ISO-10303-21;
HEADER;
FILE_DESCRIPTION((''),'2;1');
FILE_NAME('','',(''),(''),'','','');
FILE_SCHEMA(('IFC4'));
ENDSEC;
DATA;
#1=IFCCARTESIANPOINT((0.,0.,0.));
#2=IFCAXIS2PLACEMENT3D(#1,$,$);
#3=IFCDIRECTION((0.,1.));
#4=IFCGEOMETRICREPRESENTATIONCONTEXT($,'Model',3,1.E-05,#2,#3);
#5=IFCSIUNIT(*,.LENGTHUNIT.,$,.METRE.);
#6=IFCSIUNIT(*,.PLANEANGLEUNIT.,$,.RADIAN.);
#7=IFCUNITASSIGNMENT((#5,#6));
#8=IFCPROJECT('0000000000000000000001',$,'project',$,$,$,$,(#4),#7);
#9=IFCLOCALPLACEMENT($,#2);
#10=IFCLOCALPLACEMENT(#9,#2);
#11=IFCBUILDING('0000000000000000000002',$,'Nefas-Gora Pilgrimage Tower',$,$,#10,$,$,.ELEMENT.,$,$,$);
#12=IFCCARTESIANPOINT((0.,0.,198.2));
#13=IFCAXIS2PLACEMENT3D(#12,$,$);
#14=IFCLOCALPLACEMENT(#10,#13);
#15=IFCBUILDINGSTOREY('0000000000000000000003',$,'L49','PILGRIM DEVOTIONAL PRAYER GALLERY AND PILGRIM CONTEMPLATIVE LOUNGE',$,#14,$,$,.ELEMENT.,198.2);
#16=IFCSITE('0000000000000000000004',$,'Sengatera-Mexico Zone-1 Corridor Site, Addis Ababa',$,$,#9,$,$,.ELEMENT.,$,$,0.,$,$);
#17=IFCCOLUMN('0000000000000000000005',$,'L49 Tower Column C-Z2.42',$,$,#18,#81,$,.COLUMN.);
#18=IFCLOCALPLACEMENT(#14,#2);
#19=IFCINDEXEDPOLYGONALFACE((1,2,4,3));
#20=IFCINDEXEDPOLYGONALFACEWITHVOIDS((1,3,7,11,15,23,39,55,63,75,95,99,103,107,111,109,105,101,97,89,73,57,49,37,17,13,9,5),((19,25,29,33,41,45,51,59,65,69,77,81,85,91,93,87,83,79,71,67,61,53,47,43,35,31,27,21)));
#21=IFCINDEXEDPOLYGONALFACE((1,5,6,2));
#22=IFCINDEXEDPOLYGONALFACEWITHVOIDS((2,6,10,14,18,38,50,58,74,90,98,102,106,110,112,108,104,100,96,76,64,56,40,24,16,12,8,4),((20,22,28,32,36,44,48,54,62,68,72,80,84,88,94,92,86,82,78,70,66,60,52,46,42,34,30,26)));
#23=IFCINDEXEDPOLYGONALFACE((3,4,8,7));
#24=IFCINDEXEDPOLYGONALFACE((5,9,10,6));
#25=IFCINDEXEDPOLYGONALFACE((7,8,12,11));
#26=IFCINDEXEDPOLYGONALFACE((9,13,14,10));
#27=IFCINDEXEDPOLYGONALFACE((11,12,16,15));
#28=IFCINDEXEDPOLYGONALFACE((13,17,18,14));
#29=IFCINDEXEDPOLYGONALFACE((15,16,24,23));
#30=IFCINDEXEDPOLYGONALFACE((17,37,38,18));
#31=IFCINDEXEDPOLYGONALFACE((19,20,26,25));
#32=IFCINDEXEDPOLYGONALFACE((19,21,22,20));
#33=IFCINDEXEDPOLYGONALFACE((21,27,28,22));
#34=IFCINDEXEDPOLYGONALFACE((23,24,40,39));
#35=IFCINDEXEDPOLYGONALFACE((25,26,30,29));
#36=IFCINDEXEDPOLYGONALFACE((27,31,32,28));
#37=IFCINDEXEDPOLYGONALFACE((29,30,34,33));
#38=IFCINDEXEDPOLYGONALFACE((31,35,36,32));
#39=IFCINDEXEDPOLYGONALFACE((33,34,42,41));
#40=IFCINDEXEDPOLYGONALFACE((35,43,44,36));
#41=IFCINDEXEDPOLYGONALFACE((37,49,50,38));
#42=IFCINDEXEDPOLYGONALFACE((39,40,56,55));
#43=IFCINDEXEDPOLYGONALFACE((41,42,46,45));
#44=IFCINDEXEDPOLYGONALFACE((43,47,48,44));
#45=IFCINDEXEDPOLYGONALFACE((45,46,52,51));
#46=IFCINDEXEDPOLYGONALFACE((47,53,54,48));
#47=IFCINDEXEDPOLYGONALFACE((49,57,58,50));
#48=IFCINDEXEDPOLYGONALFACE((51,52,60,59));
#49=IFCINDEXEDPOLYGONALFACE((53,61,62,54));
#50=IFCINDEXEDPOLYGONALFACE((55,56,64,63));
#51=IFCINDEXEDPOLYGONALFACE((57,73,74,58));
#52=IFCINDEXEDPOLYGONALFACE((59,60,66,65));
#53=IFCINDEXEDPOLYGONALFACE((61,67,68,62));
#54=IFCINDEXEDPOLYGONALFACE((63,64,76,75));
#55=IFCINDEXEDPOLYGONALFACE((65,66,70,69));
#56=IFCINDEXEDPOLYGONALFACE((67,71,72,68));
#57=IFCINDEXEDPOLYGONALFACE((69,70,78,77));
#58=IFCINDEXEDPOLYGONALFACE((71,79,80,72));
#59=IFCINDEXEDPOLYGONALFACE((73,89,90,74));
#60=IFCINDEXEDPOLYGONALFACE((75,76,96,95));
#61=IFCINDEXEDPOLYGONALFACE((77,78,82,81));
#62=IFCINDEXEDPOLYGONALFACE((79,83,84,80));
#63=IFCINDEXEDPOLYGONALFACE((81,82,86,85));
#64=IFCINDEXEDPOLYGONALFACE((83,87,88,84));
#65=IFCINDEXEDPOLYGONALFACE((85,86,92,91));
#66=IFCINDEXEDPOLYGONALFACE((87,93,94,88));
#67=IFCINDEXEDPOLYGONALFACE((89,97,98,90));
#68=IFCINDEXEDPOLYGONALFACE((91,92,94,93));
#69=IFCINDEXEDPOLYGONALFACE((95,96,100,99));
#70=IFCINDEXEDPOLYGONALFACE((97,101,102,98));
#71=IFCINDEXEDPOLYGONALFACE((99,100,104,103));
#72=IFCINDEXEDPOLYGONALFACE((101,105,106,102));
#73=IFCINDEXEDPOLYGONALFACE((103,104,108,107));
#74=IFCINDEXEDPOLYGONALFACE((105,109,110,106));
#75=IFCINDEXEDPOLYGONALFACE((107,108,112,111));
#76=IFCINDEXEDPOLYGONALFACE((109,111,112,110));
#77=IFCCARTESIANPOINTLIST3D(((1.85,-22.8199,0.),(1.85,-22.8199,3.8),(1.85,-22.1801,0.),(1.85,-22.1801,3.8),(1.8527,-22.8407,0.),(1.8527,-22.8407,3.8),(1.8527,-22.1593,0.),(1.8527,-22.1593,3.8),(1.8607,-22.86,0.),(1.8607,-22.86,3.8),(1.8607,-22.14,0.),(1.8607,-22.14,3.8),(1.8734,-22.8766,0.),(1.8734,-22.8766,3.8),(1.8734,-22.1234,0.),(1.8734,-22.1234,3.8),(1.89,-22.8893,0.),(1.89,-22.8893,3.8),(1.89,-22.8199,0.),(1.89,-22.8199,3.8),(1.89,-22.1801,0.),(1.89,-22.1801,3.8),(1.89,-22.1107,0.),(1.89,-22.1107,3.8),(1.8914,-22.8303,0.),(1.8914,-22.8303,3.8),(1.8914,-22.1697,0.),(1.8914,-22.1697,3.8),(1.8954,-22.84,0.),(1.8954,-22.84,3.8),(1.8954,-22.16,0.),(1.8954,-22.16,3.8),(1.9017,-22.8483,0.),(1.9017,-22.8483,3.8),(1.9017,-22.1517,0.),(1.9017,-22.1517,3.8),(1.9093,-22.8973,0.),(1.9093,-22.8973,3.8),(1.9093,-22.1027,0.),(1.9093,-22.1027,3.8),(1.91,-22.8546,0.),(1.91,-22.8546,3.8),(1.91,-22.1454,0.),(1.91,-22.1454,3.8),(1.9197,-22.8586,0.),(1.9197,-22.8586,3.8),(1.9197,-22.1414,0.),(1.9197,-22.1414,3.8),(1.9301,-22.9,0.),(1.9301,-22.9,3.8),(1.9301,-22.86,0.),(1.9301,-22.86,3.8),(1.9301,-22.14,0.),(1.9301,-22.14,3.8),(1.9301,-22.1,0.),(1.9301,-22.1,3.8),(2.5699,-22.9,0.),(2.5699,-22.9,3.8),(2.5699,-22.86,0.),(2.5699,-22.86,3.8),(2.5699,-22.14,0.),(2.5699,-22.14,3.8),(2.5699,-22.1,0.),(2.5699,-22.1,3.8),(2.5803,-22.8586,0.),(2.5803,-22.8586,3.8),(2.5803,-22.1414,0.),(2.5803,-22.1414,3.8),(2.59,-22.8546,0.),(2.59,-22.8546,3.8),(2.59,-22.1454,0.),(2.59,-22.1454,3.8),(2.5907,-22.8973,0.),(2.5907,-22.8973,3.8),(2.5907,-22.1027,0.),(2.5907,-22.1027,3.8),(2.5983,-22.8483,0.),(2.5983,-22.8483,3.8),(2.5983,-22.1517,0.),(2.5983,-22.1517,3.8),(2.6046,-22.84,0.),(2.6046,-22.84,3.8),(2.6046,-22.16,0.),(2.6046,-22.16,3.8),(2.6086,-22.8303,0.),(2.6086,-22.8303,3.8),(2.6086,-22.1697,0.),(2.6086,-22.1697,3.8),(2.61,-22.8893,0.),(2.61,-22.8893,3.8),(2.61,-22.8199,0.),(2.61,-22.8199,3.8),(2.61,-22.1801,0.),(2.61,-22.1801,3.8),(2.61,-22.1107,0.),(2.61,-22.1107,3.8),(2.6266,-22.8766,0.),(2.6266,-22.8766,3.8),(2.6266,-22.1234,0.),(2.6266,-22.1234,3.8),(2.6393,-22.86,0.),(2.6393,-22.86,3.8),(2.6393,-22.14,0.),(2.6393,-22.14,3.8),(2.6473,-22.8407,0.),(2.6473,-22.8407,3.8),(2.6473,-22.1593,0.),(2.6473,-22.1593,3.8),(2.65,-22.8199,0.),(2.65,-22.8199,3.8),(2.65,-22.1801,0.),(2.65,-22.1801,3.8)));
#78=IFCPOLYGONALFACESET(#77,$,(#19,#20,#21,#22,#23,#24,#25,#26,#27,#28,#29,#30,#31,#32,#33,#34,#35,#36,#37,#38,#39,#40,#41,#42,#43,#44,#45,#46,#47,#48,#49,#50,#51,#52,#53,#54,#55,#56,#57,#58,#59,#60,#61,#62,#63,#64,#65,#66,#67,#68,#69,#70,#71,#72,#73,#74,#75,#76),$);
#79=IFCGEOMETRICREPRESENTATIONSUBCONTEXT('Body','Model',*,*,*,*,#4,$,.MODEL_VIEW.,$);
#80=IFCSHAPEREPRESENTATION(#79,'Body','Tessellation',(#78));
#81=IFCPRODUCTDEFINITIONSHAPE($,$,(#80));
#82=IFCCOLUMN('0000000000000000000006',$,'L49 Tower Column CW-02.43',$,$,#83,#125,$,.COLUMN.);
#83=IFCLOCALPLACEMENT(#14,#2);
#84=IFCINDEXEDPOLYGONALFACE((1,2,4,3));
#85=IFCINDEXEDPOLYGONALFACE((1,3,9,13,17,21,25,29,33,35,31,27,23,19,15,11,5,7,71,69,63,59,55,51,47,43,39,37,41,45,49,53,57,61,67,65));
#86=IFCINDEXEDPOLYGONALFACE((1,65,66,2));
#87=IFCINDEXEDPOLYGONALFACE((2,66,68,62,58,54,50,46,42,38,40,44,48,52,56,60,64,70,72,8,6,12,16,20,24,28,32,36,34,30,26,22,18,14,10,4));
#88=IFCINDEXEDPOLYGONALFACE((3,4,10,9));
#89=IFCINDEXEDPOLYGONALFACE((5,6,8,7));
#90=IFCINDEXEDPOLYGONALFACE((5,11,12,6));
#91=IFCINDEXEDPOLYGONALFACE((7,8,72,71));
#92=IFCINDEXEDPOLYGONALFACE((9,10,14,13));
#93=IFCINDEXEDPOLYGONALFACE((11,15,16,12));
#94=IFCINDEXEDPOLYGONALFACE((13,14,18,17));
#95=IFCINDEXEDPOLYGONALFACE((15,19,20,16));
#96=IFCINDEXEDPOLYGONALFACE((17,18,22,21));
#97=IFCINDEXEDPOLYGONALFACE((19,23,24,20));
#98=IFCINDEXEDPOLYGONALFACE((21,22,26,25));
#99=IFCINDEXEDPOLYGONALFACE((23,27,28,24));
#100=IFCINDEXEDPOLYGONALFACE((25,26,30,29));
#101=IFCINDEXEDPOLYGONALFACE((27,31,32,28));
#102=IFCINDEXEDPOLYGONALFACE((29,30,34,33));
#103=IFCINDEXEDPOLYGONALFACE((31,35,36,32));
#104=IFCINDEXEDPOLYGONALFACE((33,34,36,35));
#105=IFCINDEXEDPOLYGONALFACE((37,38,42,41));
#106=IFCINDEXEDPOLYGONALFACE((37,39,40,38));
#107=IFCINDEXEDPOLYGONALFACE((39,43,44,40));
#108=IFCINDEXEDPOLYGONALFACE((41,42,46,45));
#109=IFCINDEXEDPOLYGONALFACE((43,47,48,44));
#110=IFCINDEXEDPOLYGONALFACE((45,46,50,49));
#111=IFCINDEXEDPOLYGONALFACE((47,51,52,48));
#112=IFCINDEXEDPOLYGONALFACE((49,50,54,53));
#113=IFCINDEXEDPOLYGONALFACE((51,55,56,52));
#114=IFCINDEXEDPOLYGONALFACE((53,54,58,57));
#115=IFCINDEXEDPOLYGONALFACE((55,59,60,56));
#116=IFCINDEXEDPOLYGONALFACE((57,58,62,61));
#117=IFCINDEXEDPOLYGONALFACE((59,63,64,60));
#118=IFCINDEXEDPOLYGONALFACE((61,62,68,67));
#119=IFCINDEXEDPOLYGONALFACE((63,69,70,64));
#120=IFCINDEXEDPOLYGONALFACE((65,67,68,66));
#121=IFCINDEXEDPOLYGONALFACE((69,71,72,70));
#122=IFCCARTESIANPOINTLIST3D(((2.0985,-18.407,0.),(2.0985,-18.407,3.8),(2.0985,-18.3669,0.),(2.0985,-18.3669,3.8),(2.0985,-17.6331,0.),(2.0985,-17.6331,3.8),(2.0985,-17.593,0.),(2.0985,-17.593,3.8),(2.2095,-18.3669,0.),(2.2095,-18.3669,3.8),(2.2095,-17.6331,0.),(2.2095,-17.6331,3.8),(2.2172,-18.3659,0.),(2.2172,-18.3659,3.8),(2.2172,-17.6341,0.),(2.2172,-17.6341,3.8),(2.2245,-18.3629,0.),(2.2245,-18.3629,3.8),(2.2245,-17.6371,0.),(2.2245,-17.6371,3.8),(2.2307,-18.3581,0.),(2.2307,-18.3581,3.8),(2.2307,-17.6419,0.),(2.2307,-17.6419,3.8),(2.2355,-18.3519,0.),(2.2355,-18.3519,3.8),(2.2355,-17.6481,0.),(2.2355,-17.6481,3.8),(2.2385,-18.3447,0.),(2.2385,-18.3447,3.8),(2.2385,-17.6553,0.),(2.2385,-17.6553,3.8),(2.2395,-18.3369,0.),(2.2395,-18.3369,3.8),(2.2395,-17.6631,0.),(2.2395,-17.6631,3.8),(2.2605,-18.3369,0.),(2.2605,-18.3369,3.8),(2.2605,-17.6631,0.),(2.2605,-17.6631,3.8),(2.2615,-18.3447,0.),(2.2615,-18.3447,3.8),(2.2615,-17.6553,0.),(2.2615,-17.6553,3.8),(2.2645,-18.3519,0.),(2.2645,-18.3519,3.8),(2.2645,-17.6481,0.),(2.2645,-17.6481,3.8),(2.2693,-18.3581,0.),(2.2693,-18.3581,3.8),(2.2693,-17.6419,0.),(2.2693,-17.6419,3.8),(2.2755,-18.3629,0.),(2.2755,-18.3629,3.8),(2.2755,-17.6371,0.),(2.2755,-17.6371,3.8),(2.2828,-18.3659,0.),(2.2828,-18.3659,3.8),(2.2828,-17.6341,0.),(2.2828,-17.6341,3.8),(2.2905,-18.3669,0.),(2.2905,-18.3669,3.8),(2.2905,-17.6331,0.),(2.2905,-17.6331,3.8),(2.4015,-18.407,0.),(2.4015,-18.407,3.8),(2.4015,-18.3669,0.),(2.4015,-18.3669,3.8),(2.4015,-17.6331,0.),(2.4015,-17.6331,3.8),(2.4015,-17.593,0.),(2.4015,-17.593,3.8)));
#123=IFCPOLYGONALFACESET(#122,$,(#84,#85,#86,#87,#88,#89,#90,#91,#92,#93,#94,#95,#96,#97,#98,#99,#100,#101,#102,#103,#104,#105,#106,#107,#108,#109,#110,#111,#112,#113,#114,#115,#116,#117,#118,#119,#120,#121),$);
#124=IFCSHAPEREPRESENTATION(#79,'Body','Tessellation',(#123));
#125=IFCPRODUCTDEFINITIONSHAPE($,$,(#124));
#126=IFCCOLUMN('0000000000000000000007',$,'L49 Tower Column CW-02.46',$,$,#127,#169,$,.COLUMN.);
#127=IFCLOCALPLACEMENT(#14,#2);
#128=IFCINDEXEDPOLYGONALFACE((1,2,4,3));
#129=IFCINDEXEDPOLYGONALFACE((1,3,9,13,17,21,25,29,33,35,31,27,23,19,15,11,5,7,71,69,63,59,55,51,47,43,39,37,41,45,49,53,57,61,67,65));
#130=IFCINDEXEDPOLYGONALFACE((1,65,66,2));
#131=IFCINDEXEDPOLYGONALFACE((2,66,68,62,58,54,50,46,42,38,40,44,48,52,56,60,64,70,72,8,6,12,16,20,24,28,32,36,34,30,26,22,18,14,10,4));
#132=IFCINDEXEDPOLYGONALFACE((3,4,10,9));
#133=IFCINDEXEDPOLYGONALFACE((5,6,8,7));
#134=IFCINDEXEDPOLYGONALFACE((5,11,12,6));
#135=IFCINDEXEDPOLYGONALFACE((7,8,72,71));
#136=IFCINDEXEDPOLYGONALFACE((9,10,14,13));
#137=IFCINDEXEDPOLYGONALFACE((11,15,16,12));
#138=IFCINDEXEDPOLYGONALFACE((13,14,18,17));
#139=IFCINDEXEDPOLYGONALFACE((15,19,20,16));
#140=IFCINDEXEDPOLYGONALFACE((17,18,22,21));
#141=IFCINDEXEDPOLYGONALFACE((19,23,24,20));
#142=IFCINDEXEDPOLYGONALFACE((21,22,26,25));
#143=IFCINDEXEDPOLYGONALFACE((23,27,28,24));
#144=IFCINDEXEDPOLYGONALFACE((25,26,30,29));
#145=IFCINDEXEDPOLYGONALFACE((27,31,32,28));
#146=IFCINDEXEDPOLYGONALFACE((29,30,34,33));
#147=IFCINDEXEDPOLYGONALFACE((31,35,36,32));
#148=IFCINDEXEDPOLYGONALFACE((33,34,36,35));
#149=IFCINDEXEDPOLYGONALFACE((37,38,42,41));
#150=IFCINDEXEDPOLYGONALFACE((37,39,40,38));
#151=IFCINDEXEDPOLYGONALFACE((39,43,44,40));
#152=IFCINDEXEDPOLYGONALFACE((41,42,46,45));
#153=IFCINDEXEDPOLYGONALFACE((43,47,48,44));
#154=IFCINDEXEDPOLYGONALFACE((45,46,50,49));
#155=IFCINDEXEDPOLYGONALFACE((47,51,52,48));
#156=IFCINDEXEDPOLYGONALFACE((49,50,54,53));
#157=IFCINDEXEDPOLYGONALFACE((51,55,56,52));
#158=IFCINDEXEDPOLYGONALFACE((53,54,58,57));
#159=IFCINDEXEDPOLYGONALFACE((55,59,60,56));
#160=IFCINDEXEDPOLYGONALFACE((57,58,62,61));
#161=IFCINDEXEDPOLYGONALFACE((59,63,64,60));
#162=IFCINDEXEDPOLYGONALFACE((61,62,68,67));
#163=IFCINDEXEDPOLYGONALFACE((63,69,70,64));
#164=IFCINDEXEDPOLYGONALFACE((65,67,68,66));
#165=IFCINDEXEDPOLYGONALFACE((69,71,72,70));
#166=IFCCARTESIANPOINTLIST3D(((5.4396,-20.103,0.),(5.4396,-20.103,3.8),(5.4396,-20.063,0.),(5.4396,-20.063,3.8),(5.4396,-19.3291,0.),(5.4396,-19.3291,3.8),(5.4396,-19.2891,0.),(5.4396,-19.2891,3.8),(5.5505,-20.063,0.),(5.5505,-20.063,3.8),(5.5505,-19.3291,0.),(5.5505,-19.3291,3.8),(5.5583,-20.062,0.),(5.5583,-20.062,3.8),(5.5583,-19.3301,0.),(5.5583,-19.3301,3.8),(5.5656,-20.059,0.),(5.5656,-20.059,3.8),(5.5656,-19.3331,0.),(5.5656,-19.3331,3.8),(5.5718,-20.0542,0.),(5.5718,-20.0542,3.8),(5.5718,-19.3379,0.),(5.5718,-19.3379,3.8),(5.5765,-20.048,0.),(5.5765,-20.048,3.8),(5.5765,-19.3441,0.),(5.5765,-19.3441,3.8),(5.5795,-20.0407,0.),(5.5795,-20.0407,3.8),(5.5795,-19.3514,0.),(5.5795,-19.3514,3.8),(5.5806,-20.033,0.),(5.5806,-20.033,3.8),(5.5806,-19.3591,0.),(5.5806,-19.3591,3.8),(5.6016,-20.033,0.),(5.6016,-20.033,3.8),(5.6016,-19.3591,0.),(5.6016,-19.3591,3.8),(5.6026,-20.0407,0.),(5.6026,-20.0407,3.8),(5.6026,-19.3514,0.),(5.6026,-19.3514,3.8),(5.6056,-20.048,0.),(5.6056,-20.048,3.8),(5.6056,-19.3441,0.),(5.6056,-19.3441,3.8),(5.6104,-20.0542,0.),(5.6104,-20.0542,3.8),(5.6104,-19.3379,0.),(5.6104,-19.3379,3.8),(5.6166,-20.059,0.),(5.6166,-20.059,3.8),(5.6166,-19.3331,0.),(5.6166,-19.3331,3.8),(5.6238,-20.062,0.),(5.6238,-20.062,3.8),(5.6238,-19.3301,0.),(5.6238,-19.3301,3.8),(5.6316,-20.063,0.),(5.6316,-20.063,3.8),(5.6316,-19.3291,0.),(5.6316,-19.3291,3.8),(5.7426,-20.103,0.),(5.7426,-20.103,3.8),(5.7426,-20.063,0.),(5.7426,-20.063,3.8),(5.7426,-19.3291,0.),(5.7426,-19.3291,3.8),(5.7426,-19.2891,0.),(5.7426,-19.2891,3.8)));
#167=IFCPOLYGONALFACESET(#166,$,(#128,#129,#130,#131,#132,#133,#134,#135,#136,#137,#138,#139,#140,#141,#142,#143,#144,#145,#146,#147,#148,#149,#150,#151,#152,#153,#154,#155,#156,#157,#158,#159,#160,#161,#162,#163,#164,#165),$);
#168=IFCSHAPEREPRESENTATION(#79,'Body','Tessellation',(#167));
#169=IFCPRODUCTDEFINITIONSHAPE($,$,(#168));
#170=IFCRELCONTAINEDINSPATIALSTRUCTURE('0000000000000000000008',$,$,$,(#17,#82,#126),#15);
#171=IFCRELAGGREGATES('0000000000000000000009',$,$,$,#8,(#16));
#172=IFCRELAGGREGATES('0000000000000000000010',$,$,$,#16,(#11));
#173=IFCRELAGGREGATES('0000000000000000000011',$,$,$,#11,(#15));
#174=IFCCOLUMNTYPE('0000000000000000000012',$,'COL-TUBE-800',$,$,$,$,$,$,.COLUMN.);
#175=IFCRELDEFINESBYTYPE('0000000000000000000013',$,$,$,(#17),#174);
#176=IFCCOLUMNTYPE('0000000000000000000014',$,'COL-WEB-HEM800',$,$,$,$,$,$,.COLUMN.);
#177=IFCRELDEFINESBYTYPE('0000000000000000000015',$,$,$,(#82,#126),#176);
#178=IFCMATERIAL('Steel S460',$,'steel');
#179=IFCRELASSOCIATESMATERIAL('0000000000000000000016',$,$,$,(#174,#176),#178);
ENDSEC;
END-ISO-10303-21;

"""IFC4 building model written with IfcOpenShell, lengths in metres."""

from ifc_helpers import new_model, si_unit, direction, frame, origin, origin_2d, place, context, subcontext, project, spatial, hollow_rectangle, i_section, extrude, source, transform, mapped, material, material_profile, profile_set, type_object, element, save


model = new_model("IFC4")

# Units and contexts
model_context = context("Model", 3, precision=1e-05, world=origin(), true_north=direction((0.0, 1.0)))
body_context = subcontext(model_context, "Body", "Model", "MODEL_VIEW")
ifc_project = project(units=[si_unit("LENGTHUNIT", "METRE"), si_unit("PLANEANGLEUNIT", "RADIAN")], contexts=[model_context])

# Site, building, storey
site_placement = place(None, origin())
site = spatial("IfcSite", under=ifc_project, at=site_placement, Name="Sengatera-Mexico Zone-1 Corridor Site, Addis Ababa", CompositionType="ELEMENT", RefElevation=0.0)
building_placement = place(site_placement, origin())
building = spatial("IfcBuilding", under=site, at=building_placement, Name="Nefas-Gora Pilgrimage Tower", CompositionType="ELEMENT")
storey_placement = place(building_placement, frame((0.0, 0.0, 198.2)))
storey = spatial("IfcBuildingStorey", under=building, at=storey_placement, Name="L49", Description="PILGRIM DEVOTIONAL PRAYER GALLERY AND PILGRIM CONTEMPLATIVE LOUNGE", CompositionType="ELEMENT", Elevation=198.2)

# Columns
ifc_material_1 = material(Name="Steel S460", Category="steel")
ifc_material_profile_1 = material_profile(ifc_material_1, hollow_rectangle(XDim=0.8, YDim=0.8, WallThickness=0.04, InnerFilletRadius=0.04, OuterFilletRadius=0.0801, at=origin_2d()), Name="BOX 800x800x40")
ifc_profile_set_1 = profile_set([ifc_material_profile_1], Name="Steel S460")
column_type_1 = type_object("IfcColumnType", Name="COL-TUBE-800", PredefinedType="COLUMN", material=ifc_profile_set_1)
shared_shape_1 = source(origin(), body_context, "Body", "SweptSolid", [
    extrude(hollow_rectangle(XDim=0.8, YDim=0.8, WallThickness=0.04, InnerFilletRadius=0.04, OuterFilletRadius=0.0801, at=origin_2d()), origin(), (0.0, 0.0, 1.0), 3.8),
])
column_placement = place(storey_placement, frame((2.25, -22.5, 0.0), z_axis=(0.0, 0.0, 1.0), x_axis=(1.0, 0.0, 0.0)))
element("IfcColumn", 1, at=column_placement, inside=storey, type_object=column_type_1, Name="L49 Tower Column C-Z2.42", PredefinedType="COLUMN", context=body_context, shape_type="MappedRepresentation", body=[
    mapped(shared_shape_1, transform((0.0, 0.0, 0.0), x_axis=(1.0, 0.0, 0.0), y_axis=(0.0, 1.0, 0.0), z_axis=(0.0, 0.0, 1.0), scale=1.0)),
])
ifc_material_profile_2 = material_profile(ifc_material_1, i_section(OverallWidth=0.303, OverallDepth=0.814, WebThickness=0.021, FlangeThickness=0.04, FilletRadius=0.03, at=origin_2d()), Name="HEM 800")
ifc_profile_set_2 = profile_set([ifc_material_profile_2], Name="Steel S460")
column_type_2 = type_object("IfcColumnType", Name="COL-WEB-HEM800", PredefinedType="COLUMN", material=ifc_profile_set_2)
shared_shape_2 = source(origin(), body_context, "Body", "SweptSolid", [
    extrude(i_section(OverallWidth=0.303, OverallDepth=0.814, WebThickness=0.021, FlangeThickness=0.04, FilletRadius=0.03, at=origin_2d()), origin(), (0.0, 0.0, 1.0), 3.8),
])
for number, where, z_axis, x_axis, name in (
    (2, (2.25, -18.0, 0.0), (0.0, 0.0, 1.0), (1.0, 0.0, 0.0), "L49 Tower Column CW-02.43"),
    (3, (5.5911, -19.696, 0.0), (0.0, 0.0, 1.0), (1.0, 0.0, 0.0), "L49 Tower Column CW-02.46"),
):
    element("IfcColumn", number, at=place(storey_placement, frame(where, z_axis=z_axis, x_axis=x_axis)), inside=storey, type_object=column_type_2, Name=name, PredefinedType="COLUMN", context=body_context, shape_type="MappedRepresentation", body=[
        mapped(shared_shape_2, transform((0.0, 0.0, 0.0), x_axis=(1.0, 0.0, 0.0), y_axis=(0.0, 1.0, 0.0), z_axis=(0.0, 0.0, 1.0), scale=1.0)),
    ])

save(model, "model.ifc")
